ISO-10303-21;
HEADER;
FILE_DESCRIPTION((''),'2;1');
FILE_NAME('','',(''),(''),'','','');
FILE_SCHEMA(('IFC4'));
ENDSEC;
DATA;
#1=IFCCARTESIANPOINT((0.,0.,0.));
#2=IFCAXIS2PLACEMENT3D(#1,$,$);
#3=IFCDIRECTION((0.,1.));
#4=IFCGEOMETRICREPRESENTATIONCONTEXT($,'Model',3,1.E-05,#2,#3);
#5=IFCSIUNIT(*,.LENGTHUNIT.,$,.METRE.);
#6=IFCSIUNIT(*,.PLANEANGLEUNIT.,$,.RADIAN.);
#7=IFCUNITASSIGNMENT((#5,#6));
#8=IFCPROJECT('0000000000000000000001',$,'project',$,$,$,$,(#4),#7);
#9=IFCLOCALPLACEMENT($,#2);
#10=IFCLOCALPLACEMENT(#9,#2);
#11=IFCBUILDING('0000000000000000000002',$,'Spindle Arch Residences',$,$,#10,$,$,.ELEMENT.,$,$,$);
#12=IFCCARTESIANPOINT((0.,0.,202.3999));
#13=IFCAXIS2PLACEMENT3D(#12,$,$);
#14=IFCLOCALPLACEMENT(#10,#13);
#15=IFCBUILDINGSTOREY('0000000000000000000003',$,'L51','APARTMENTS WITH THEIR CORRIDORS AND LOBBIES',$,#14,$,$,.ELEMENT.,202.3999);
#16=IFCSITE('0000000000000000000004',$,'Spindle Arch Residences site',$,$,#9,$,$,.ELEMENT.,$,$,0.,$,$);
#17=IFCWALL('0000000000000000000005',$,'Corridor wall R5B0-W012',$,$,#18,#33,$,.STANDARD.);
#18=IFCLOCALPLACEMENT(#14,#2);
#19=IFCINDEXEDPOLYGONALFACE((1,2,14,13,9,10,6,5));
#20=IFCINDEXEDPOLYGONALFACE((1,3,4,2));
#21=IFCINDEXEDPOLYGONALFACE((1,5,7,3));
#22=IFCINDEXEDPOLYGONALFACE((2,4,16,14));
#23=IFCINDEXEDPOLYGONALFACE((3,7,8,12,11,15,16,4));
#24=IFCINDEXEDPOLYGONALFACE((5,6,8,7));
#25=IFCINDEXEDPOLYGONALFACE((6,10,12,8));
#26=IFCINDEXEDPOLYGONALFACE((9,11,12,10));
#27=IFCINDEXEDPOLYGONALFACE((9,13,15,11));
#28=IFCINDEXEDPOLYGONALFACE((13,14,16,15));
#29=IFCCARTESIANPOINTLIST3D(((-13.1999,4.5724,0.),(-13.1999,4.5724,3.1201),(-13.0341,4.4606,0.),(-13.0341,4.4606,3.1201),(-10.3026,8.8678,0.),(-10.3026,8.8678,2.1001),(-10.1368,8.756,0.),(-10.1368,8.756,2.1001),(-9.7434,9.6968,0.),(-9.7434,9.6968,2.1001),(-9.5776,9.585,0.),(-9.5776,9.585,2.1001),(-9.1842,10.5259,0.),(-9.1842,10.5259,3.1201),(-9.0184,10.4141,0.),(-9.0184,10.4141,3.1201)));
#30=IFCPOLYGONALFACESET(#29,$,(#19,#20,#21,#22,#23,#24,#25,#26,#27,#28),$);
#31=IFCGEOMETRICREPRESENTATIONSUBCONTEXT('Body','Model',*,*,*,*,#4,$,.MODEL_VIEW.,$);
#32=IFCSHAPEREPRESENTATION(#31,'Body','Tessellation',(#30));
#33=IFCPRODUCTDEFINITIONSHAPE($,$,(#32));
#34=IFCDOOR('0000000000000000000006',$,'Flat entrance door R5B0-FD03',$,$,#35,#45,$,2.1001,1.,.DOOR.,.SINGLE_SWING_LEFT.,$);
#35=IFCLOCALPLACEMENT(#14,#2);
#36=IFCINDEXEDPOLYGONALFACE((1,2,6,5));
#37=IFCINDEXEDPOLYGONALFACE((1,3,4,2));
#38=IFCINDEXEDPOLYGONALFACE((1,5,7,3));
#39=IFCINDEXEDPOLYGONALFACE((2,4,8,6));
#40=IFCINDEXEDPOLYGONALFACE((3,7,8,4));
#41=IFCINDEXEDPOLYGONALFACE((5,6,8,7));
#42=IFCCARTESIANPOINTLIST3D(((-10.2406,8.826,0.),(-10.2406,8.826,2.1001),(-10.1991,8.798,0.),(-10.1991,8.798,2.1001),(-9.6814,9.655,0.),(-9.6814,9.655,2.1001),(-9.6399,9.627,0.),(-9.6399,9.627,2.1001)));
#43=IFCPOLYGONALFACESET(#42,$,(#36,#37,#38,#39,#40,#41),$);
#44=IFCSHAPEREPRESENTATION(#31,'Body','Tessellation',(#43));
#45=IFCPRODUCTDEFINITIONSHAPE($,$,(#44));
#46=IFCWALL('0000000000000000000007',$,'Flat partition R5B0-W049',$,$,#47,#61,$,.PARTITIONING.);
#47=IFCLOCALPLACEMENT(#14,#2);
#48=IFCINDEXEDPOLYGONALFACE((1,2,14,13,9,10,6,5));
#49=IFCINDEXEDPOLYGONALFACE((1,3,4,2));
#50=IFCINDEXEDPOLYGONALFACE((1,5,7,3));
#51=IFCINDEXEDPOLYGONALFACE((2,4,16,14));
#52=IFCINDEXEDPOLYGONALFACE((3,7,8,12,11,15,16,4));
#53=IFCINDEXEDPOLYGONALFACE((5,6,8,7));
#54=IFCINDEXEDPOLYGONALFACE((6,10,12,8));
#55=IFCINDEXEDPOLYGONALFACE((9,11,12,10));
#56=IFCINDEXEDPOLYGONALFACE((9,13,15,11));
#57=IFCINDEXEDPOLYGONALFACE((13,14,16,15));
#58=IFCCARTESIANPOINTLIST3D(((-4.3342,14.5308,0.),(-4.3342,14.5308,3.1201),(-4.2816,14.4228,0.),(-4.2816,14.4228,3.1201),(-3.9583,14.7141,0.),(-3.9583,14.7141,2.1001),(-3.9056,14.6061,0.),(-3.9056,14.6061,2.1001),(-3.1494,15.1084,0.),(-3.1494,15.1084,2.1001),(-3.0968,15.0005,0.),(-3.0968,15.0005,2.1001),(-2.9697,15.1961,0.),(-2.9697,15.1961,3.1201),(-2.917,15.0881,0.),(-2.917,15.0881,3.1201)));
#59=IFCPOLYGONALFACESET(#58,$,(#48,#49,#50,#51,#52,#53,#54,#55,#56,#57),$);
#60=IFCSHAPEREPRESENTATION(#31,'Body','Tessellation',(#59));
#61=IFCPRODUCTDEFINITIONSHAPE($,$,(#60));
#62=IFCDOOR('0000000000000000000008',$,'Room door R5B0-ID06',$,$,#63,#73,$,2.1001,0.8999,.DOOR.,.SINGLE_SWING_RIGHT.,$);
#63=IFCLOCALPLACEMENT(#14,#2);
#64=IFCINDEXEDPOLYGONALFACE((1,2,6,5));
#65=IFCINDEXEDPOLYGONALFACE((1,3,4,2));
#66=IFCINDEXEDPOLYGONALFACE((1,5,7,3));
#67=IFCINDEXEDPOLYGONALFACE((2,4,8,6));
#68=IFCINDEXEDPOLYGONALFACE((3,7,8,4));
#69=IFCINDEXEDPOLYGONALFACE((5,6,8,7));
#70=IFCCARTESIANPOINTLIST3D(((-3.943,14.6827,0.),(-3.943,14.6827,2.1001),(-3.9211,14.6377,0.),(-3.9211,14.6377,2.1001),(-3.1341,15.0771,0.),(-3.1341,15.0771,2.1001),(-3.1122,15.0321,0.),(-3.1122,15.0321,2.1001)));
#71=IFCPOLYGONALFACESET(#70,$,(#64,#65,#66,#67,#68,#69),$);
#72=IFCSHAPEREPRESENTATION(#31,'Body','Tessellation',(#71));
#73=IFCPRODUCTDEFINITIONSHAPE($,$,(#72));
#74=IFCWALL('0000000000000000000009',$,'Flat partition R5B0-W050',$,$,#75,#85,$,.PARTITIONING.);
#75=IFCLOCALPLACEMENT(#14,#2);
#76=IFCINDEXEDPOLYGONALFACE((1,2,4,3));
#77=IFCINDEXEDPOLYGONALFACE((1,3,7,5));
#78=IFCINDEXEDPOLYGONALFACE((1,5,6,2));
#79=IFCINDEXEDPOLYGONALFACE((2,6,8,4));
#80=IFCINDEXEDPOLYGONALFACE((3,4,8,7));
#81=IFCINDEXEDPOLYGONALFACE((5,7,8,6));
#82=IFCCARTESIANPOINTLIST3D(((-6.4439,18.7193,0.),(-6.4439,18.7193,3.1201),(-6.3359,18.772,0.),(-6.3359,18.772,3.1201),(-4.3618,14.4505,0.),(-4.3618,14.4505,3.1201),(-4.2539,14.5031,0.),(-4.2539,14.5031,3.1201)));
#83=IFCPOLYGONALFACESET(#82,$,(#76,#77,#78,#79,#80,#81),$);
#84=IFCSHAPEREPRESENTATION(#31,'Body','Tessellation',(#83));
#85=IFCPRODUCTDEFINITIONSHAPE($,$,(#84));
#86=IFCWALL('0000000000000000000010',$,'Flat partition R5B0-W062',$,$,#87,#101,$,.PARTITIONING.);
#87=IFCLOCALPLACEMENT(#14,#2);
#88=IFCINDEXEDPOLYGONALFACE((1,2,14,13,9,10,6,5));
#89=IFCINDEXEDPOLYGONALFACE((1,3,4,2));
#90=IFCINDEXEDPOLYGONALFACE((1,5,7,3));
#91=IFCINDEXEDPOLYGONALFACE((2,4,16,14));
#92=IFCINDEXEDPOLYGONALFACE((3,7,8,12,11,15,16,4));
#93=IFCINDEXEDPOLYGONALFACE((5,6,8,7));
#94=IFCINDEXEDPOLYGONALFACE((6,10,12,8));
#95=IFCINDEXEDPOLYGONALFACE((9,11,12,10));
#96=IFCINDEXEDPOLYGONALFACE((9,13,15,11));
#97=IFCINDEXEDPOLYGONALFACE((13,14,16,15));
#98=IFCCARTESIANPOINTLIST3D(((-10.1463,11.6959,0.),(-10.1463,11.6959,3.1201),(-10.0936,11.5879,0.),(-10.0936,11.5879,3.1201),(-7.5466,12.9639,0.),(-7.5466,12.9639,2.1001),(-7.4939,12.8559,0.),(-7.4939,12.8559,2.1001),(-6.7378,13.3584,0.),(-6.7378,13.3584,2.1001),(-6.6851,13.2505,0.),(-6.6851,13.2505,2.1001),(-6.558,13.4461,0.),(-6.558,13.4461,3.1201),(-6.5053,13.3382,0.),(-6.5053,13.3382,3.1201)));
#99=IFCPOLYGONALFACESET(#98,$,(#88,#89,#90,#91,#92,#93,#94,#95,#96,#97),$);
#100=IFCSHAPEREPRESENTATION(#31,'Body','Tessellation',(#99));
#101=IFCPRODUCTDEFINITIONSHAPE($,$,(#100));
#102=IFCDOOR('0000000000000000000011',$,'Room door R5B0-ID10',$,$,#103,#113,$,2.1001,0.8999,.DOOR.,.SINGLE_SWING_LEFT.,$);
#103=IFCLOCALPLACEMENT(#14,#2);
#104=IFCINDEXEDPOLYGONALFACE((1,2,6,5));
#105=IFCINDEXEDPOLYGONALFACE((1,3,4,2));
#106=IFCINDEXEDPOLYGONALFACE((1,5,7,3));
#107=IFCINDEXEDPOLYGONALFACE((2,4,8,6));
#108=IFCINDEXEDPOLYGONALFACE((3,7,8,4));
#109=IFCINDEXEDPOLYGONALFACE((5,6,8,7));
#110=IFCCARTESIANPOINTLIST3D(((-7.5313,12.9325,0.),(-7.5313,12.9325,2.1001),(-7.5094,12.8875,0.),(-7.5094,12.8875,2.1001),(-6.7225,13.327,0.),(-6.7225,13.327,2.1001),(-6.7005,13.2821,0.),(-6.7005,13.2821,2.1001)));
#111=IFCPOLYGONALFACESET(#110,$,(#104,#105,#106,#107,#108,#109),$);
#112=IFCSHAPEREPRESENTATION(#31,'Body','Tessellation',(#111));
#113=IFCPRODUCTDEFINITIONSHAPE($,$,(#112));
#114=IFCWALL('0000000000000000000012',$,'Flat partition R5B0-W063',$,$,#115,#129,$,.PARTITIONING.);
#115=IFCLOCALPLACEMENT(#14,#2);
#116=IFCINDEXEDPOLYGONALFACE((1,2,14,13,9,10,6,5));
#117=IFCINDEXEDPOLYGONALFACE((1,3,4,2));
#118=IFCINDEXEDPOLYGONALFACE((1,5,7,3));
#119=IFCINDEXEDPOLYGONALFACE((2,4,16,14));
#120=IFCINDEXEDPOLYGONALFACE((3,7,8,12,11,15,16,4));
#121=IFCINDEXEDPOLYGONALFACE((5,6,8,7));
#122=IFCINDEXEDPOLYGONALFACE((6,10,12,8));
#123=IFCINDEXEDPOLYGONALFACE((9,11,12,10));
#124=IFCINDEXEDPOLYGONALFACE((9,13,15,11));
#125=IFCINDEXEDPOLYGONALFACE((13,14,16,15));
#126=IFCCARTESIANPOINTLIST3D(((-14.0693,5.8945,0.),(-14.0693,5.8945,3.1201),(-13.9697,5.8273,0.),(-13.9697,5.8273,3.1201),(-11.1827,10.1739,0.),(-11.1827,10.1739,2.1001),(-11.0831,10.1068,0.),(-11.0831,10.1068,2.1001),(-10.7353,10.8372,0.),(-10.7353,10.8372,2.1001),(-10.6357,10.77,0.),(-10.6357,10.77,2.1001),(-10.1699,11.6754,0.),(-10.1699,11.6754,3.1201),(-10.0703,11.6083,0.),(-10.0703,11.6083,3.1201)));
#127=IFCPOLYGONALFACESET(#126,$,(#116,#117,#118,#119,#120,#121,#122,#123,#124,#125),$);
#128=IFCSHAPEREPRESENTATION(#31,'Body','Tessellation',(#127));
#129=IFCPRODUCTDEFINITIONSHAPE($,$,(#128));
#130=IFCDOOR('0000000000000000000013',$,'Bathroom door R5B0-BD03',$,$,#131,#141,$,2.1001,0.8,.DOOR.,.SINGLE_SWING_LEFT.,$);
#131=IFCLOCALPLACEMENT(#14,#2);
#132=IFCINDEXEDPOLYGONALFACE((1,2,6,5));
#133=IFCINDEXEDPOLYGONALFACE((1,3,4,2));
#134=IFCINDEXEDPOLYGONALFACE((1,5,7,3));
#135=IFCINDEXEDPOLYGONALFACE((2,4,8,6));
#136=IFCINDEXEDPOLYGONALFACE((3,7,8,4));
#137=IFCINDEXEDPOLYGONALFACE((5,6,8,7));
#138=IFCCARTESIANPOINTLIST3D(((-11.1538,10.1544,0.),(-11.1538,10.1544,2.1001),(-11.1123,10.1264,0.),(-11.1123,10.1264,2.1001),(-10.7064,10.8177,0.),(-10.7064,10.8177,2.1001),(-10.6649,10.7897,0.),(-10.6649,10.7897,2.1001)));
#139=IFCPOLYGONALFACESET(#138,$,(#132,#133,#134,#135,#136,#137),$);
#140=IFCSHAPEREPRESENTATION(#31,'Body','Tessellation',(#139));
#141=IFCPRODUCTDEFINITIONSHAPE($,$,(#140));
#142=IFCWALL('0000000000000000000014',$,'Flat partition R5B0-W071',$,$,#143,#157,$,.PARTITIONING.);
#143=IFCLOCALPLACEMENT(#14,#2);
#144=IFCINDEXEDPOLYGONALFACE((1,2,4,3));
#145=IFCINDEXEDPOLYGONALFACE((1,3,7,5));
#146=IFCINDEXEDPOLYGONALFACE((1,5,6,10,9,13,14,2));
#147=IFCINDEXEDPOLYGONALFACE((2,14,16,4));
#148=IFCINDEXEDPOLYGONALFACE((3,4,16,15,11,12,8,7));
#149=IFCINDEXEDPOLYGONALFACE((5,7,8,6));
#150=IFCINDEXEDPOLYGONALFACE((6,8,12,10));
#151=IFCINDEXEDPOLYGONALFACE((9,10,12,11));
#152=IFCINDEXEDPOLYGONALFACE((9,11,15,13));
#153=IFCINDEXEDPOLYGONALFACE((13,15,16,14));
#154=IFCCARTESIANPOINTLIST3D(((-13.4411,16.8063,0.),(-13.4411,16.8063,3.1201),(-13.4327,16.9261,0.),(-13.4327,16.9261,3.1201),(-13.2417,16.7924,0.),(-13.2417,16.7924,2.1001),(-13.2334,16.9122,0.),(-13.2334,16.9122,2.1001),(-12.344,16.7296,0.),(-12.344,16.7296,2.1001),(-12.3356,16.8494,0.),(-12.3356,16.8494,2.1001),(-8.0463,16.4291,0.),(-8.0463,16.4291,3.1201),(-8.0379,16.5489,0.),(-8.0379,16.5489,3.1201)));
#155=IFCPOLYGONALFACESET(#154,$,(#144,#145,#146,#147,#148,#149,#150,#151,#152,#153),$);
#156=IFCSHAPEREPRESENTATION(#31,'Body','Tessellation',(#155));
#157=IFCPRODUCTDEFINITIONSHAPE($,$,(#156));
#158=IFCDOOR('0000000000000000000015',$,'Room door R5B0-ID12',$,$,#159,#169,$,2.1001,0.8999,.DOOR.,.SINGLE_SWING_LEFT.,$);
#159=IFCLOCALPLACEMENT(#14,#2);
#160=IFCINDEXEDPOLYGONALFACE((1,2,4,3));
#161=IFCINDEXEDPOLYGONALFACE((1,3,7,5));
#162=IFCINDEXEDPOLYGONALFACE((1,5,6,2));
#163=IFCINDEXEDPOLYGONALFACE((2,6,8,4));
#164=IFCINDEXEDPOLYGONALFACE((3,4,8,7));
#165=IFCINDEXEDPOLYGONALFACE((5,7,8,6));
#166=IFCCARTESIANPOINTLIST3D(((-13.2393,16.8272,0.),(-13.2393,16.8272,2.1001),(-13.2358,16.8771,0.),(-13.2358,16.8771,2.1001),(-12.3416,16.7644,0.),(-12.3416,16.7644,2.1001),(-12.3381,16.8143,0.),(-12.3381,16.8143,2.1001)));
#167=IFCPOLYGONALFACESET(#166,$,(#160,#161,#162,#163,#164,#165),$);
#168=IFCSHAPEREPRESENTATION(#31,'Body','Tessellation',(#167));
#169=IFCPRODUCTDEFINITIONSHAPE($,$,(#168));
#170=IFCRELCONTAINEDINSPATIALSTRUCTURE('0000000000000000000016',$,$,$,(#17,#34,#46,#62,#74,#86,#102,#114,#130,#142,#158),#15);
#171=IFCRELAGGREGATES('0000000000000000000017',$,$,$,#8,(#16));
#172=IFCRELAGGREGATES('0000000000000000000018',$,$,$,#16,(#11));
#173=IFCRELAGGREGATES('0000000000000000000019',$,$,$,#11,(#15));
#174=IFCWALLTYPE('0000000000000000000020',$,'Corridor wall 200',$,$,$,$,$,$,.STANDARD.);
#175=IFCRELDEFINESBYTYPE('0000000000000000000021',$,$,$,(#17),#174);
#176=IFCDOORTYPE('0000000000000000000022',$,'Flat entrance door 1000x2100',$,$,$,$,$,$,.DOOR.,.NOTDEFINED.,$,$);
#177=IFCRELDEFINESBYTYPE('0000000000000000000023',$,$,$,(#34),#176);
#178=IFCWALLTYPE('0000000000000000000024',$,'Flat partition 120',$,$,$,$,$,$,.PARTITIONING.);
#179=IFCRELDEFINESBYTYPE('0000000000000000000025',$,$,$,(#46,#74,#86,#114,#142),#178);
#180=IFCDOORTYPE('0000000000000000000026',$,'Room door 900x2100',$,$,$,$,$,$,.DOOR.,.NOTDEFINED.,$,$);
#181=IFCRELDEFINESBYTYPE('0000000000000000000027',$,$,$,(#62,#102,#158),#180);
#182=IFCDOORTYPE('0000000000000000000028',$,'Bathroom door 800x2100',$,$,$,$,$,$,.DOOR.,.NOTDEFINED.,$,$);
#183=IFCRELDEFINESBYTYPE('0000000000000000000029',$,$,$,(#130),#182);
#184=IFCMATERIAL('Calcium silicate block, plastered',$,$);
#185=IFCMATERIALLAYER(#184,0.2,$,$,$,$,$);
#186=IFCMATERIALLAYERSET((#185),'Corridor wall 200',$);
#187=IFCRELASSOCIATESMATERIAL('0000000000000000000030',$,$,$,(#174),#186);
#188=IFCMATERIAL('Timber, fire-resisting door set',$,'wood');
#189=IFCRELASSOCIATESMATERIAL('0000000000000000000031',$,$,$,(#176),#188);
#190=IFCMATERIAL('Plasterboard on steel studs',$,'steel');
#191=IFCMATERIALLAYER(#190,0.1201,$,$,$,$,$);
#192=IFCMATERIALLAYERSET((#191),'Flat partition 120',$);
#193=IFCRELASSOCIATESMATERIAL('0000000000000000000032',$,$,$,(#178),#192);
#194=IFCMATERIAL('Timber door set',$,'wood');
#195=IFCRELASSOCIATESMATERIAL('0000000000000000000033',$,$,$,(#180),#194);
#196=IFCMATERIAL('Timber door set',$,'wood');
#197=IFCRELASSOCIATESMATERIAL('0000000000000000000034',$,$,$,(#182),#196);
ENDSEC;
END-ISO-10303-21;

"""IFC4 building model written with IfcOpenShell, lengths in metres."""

from ifc_helpers import new_model, si_unit, direction, frame, frame_2d, origin, place, context, subcontext, project, spatial, rectangle, extrude, material, layer, layer_set, type_object, element, fill, save


model = new_model("IFC4")

# Units and contexts
model_context = context("Model", 3, precision=1e-05, world=origin(), true_north=direction((0.0, 1.0)))
body_context = subcontext(model_context, "Body", "Model", "MODEL_VIEW")
ifc_project = project(units=[si_unit("LENGTHUNIT", "METRE"), si_unit("PLANEANGLEUNIT", "RADIAN")], contexts=[model_context])

# Site, building, storey
site_placement = place(None, origin())
site = spatial("IfcSite", under=ifc_project, at=site_placement, Name="Spindle Arch Residences site", CompositionType="ELEMENT", RefElevation=0.0)
building_placement = place(site_placement, origin())
building = spatial("IfcBuilding", under=site, at=building_placement, Name="Spindle Arch Residences", CompositionType="ELEMENT")
storey_placement = place(building_placement, frame((0.0, 0.0, 202.3999)))
storey = spatial("IfcBuildingStorey", under=building, at=storey_placement, Name="L51", Description="APARTMENTS WITH THEIR CORRIDORS AND LOBBIES", CompositionType="ELEMENT", Elevation=202.3999)

# Shared definitions
ifc_material_1 = material(Name="Calcium silicate block, plastered")
ifc_layer_1 = layer(ifc_material_1, 0.2)
ifc_layer_set_1 = layer_set([ifc_layer_1], Name="Corridor wall 200")
wall_type_1 = type_object("IfcWallType", Name="Corridor wall 200", PredefinedType="STANDARD", material=ifc_layer_set_1)

# Walls, openings, doors
wall_1_placement = place(storey_placement, frame((-9.1013, 10.47, 0.0), z_axis=(0.0, 0.0, 1.0), x_axis=(-0.559195, -0.829036, 0.0)))
wall_1 = element("IfcWall", 1, at=wall_1_placement, inside=storey, type_object=wall_type_1, Name="Corridor wall R5B0-W012", PredefinedType="STANDARD", context=body_context, shape_type="SweptSolid", body=[
    extrude(rectangle(XDim=7.1812, YDim=0.2, at=frame_2d((3.5906, 0.0))), origin(), (0.0, 0.0, 1.0), 3.1201),
])
opening_1_placement = place(wall_1_placement, frame((1.0, 0.0, 0.0)))
opening_1 = element("IfcOpeningElement", 2, at=opening_1_placement, cuts=wall_1, PredefinedType="OPENING", context=body_context, shape_type="SweptSolid", body=[
    extrude(rectangle(XDim=1.0, YDim=2.1001, at=frame_2d((0.5, 1.05))), frame((0.0, 0.1099, 0.0), z_axis=(0.0, -1.0, 0.0), x_axis=(1.0, 0.0, 0.0)), (0.0, 0.0, 1.0), 0.22),
])
ifc_material_2 = material(Name="Timber, fire-resisting door set", Category="wood")
door_type_1 = type_object("IfcDoorType", Name="Flat entrance door 1000x2100", OperationType="NOTDEFINED", PredefinedType="DOOR", material=ifc_material_2)
door_1_placement = place(opening_1_placement, origin())
door_1 = element("IfcDoor", 3, at=door_1_placement, inside=storey, type_object=door_type_1, Name="Flat entrance door R5B0-FD03", OperationType="SINGLE_SWING_LEFT", OverallHeight=2.1001, OverallWidth=1.0, PredefinedType="DOOR", context=body_context, shape_type="SweptSolid", body=[
    extrude(rectangle(XDim=1.0, YDim=2.1001, at=frame_2d((0.5, 1.05))), frame((0.0, 0.0249, 0.0), z_axis=(0.0, -1.0, 0.0), x_axis=(1.0, 0.0, 0.0)), (0.0, 0.0, 1.0), 0.05),
])
fill(opening_1, door_1)
ifc_material_3 = material(Name="Plasterboard on steel studs", Category="steel")
ifc_layer_2 = layer(ifc_material_3, 0.1201)
ifc_layer_set_2 = layer_set([ifc_layer_2], Name="Flat partition 120")
wall_type_2 = type_object("IfcWallType", Name="Flat partition 120", PredefinedType="PARTITIONING", material=ifc_layer_set_2)
wall_2_placement = place(storey_placement, frame((-2.9434, 15.1421, 0.0), z_axis=(0.0, 0.0, 1.0), x_axis=(-0.898853, -0.438249, 0.0)))
wall_2 = element("IfcWall", 4, at=wall_2_placement, inside=storey, type_object=wall_type_2, Name="Flat partition R5B0-W049", PredefinedType="PARTITIONING", context=body_context, shape_type="SweptSolid", body=[
    extrude(rectangle(XDim=1.5181, YDim=0.1201, at=frame_2d((0.759, 0.0))), origin(), (0.0, 0.0, 1.0), 3.1201),
])
opening_2_placement = place(wall_2_placement, frame((0.2, 0.0, 0.0)))
opening_2 = element("IfcOpeningElement", 5, at=opening_2_placement, cuts=wall_2, PredefinedType="OPENING", context=body_context, shape_type="SweptSolid", body=[
    extrude(rectangle(XDim=0.8999, YDim=2.1001, at=frame_2d((0.45, 1.05))), frame((0.0, 0.0701, 0.0), z_axis=(0.0, -1.0, 0.0), x_axis=(1.0, 0.0, 0.0)), (0.0, 0.0, 1.0), 0.1401),
])
ifc_material_4 = material(Name="Timber door set", Category="wood")
door_type_2 = type_object("IfcDoorType", Name="Room door 900x2100", OperationType="NOTDEFINED", PredefinedType="DOOR", material=ifc_material_4)
door_2_placement = place(opening_2_placement, origin())
door_2 = element("IfcDoor", 6, at=door_2_placement, inside=storey, type_object=door_type_2, Name="Room door R5B0-ID06", OperationType="SINGLE_SWING_RIGHT", OverallHeight=2.1001, OverallWidth=0.8999, PredefinedType="DOOR", context=body_context, shape_type="SweptSolid", body=[
    extrude(rectangle(XDim=0.8999, YDim=2.1001, at=frame_2d((0.45, 1.05))), frame((0.0, 0.0249, 0.0), z_axis=(0.0, -1.0, 0.0), x_axis=(1.0, 0.0, 0.0)), (0.0, 0.0, 1.0), 0.05),
])
fill(opening_2, door_2)

# Wall
wall_3_placement = place(storey_placement, frame((-4.3079, 14.4768, 0.0), z_axis=(0.0, 0.0, 1.0), x_axis=(-0.438371, 0.898794, 0.0)))
element("IfcWall", 7, at=wall_3_placement, inside=storey, type_object=wall_type_2, Name="Flat partition R5B0-W050", PredefinedType="PARTITIONING", context=body_context, shape_type="SweptSolid", body=[
    extrude(rectangle(XDim=4.7495, YDim=0.1201, at=frame_2d((2.3748, 0.0))), origin(), (0.0, 0.0, 1.0), 3.1201),
])

# Walls, openings, doors
wall_4_placement = place(storey_placement, frame((-6.5317, 13.3921, 0.0), z_axis=(0.0, 0.0, 1.0), x_axis=(-0.898787, -0.438386, 0.0)))
wall_4 = element("IfcWall", 8, at=wall_4_placement, inside=storey, type_object=wall_type_2, Name="Flat partition R5B0-W062", PredefinedType="PARTITIONING", context=body_context, shape_type="SweptSolid", body=[
    extrude(rectangle(XDim=3.9924, YDim=0.1201, at=frame_2d((1.9961, 0.0))), origin(), (0.0, 0.0, 1.0), 3.1201),
])
opening_3_placement = place(wall_4_placement, frame((0.2, 0.0, 0.0)))
opening_3 = element("IfcOpeningElement", 9, at=opening_3_placement, cuts=wall_4, PredefinedType="OPENING", context=body_context, shape_type="SweptSolid", body=[
    extrude(rectangle(XDim=0.8999, YDim=2.1001, at=frame_2d((0.45, 1.05))), frame((0.0, 0.0701, 0.0), z_axis=(0.0, -1.0, 0.0), x_axis=(1.0, 0.0, 0.0)), (0.0, 0.0, 1.0), 0.1401),
])
door_3_placement = place(opening_3_placement, origin())
door_3 = element("IfcDoor", 10, at=door_3_placement, inside=storey, type_object=door_type_2, Name="Room door R5B0-ID10", OperationType="SINGLE_SWING_LEFT", OverallHeight=2.1001, OverallWidth=0.8999, PredefinedType="DOOR", context=body_context, shape_type="SweptSolid", body=[
    extrude(rectangle(XDim=0.8999, YDim=2.1001, at=frame_2d((0.45, 1.05))), frame((0.0, 0.0249, 0.0), z_axis=(0.0, -1.0, 0.0), x_axis=(1.0, 0.0, 0.0)), (0.0, 0.0, 1.0), 0.05),
])
fill(opening_3, door_3)
wall_5_placement = place(storey_placement, frame((-10.1201, 11.6418, 0.0), z_axis=(0.0, 0.0, 1.0), x_axis=(-0.5592, -0.829032, 0.0)))
wall_5 = element("IfcWall", 11, at=wall_5_placement, inside=storey, type_object=wall_type_2, Name="Flat partition R5B0-W063", PredefinedType="PARTITIONING", context=body_context, shape_type="SweptSolid", body=[
    extrude(rectangle(XDim=6.9731, YDim=0.1201, at=frame_2d((3.4866, 0.0))), origin(), (0.0, 0.0, 1.0), 3.1201),
])
opening_4_placement = place(wall_5_placement, frame((1.0112, 0.0, 0.0)))
opening_4 = element("IfcOpeningElement", 12, at=opening_4_placement, cuts=wall_5, PredefinedType="OPENING", context=body_context, shape_type="SweptSolid", body=[
    extrude(rectangle(XDim=0.8, YDim=2.1001, at=frame_2d((0.3999, 1.05))), frame((0.0, 0.0701, 0.0), z_axis=(0.0, -1.0, 0.0), x_axis=(1.0, 0.0, 0.0)), (0.0, 0.0, 1.0), 0.1401),
])
ifc_material_5 = material(Name="Timber door set", Category="wood")
door_type_3 = type_object("IfcDoorType", Name="Bathroom door 800x2100", OperationType="NOTDEFINED", PredefinedType="DOOR", material=ifc_material_5)
door_4_placement = place(opening_4_placement, origin())
door_4 = element("IfcDoor", 13, at=door_4_placement, inside=storey, type_object=door_type_3, Name="Bathroom door R5B0-BD03", OperationType="SINGLE_SWING_LEFT", OverallHeight=2.1001, OverallWidth=0.8, PredefinedType="DOOR", context=body_context, shape_type="SweptSolid", body=[
    extrude(rectangle(XDim=0.8, YDim=2.1001, at=frame_2d((0.3999, 1.05))), frame((0.0, 0.0249, 0.0), z_axis=(0.0, -1.0, 0.0), x_axis=(1.0, 0.0, 0.0)), (0.0, 0.0, 1.0), 0.05),
])
fill(opening_4, door_4)
wall_6_placement = place(storey_placement, frame((-13.437, 16.8662, 0.0), z_axis=(0.0, 0.0, 1.0), x_axis=(0.997565, -0.069749, 0.0)))
wall_6 = element("IfcWall", 14, at=wall_6_placement, inside=storey, type_object=wall_type_2, Name="Flat partition R5B0-W071", PredefinedType="PARTITIONING", context=body_context, shape_type="SweptSolid", body=[
    extrude(rectangle(XDim=5.408, YDim=0.1201, at=frame_2d((2.7041, 0.0))), origin(), (0.0, 0.0, 1.0), 3.1201),
])
opening_5_placement = place(wall_6_placement, frame((0.2, 0.0, 0.0)))
opening_5 = element("IfcOpeningElement", 15, at=opening_5_placement, cuts=wall_6, PredefinedType="OPENING", context=body_context, shape_type="SweptSolid", body=[
    extrude(rectangle(XDim=0.8999, YDim=2.1001, at=frame_2d((0.45, 1.05))), frame((0.0, 0.0701, 0.0), z_axis=(0.0, -1.0, 0.0), x_axis=(1.0, 0.0, 0.0)), (0.0, 0.0, 1.0), 0.1401),
])
door_5_placement = place(opening_5_placement, origin())
door_5 = element("IfcDoor", 16, at=door_5_placement, inside=storey, type_object=door_type_2, Name="Room door R5B0-ID12", OperationType="SINGLE_SWING_LEFT", OverallHeight=2.1001, OverallWidth=0.8999, PredefinedType="DOOR", context=body_context, shape_type="SweptSolid", body=[
    extrude(rectangle(XDim=0.8999, YDim=2.1001, at=frame_2d((0.45, 1.05))), frame((0.0, 0.0249, 0.0), z_axis=(0.0, -1.0, 0.0), x_axis=(1.0, 0.0, 0.0)), (0.0, 0.0, 1.0), 0.05),
])
fill(opening_5, door_5)

save(model, "model.ifc")
